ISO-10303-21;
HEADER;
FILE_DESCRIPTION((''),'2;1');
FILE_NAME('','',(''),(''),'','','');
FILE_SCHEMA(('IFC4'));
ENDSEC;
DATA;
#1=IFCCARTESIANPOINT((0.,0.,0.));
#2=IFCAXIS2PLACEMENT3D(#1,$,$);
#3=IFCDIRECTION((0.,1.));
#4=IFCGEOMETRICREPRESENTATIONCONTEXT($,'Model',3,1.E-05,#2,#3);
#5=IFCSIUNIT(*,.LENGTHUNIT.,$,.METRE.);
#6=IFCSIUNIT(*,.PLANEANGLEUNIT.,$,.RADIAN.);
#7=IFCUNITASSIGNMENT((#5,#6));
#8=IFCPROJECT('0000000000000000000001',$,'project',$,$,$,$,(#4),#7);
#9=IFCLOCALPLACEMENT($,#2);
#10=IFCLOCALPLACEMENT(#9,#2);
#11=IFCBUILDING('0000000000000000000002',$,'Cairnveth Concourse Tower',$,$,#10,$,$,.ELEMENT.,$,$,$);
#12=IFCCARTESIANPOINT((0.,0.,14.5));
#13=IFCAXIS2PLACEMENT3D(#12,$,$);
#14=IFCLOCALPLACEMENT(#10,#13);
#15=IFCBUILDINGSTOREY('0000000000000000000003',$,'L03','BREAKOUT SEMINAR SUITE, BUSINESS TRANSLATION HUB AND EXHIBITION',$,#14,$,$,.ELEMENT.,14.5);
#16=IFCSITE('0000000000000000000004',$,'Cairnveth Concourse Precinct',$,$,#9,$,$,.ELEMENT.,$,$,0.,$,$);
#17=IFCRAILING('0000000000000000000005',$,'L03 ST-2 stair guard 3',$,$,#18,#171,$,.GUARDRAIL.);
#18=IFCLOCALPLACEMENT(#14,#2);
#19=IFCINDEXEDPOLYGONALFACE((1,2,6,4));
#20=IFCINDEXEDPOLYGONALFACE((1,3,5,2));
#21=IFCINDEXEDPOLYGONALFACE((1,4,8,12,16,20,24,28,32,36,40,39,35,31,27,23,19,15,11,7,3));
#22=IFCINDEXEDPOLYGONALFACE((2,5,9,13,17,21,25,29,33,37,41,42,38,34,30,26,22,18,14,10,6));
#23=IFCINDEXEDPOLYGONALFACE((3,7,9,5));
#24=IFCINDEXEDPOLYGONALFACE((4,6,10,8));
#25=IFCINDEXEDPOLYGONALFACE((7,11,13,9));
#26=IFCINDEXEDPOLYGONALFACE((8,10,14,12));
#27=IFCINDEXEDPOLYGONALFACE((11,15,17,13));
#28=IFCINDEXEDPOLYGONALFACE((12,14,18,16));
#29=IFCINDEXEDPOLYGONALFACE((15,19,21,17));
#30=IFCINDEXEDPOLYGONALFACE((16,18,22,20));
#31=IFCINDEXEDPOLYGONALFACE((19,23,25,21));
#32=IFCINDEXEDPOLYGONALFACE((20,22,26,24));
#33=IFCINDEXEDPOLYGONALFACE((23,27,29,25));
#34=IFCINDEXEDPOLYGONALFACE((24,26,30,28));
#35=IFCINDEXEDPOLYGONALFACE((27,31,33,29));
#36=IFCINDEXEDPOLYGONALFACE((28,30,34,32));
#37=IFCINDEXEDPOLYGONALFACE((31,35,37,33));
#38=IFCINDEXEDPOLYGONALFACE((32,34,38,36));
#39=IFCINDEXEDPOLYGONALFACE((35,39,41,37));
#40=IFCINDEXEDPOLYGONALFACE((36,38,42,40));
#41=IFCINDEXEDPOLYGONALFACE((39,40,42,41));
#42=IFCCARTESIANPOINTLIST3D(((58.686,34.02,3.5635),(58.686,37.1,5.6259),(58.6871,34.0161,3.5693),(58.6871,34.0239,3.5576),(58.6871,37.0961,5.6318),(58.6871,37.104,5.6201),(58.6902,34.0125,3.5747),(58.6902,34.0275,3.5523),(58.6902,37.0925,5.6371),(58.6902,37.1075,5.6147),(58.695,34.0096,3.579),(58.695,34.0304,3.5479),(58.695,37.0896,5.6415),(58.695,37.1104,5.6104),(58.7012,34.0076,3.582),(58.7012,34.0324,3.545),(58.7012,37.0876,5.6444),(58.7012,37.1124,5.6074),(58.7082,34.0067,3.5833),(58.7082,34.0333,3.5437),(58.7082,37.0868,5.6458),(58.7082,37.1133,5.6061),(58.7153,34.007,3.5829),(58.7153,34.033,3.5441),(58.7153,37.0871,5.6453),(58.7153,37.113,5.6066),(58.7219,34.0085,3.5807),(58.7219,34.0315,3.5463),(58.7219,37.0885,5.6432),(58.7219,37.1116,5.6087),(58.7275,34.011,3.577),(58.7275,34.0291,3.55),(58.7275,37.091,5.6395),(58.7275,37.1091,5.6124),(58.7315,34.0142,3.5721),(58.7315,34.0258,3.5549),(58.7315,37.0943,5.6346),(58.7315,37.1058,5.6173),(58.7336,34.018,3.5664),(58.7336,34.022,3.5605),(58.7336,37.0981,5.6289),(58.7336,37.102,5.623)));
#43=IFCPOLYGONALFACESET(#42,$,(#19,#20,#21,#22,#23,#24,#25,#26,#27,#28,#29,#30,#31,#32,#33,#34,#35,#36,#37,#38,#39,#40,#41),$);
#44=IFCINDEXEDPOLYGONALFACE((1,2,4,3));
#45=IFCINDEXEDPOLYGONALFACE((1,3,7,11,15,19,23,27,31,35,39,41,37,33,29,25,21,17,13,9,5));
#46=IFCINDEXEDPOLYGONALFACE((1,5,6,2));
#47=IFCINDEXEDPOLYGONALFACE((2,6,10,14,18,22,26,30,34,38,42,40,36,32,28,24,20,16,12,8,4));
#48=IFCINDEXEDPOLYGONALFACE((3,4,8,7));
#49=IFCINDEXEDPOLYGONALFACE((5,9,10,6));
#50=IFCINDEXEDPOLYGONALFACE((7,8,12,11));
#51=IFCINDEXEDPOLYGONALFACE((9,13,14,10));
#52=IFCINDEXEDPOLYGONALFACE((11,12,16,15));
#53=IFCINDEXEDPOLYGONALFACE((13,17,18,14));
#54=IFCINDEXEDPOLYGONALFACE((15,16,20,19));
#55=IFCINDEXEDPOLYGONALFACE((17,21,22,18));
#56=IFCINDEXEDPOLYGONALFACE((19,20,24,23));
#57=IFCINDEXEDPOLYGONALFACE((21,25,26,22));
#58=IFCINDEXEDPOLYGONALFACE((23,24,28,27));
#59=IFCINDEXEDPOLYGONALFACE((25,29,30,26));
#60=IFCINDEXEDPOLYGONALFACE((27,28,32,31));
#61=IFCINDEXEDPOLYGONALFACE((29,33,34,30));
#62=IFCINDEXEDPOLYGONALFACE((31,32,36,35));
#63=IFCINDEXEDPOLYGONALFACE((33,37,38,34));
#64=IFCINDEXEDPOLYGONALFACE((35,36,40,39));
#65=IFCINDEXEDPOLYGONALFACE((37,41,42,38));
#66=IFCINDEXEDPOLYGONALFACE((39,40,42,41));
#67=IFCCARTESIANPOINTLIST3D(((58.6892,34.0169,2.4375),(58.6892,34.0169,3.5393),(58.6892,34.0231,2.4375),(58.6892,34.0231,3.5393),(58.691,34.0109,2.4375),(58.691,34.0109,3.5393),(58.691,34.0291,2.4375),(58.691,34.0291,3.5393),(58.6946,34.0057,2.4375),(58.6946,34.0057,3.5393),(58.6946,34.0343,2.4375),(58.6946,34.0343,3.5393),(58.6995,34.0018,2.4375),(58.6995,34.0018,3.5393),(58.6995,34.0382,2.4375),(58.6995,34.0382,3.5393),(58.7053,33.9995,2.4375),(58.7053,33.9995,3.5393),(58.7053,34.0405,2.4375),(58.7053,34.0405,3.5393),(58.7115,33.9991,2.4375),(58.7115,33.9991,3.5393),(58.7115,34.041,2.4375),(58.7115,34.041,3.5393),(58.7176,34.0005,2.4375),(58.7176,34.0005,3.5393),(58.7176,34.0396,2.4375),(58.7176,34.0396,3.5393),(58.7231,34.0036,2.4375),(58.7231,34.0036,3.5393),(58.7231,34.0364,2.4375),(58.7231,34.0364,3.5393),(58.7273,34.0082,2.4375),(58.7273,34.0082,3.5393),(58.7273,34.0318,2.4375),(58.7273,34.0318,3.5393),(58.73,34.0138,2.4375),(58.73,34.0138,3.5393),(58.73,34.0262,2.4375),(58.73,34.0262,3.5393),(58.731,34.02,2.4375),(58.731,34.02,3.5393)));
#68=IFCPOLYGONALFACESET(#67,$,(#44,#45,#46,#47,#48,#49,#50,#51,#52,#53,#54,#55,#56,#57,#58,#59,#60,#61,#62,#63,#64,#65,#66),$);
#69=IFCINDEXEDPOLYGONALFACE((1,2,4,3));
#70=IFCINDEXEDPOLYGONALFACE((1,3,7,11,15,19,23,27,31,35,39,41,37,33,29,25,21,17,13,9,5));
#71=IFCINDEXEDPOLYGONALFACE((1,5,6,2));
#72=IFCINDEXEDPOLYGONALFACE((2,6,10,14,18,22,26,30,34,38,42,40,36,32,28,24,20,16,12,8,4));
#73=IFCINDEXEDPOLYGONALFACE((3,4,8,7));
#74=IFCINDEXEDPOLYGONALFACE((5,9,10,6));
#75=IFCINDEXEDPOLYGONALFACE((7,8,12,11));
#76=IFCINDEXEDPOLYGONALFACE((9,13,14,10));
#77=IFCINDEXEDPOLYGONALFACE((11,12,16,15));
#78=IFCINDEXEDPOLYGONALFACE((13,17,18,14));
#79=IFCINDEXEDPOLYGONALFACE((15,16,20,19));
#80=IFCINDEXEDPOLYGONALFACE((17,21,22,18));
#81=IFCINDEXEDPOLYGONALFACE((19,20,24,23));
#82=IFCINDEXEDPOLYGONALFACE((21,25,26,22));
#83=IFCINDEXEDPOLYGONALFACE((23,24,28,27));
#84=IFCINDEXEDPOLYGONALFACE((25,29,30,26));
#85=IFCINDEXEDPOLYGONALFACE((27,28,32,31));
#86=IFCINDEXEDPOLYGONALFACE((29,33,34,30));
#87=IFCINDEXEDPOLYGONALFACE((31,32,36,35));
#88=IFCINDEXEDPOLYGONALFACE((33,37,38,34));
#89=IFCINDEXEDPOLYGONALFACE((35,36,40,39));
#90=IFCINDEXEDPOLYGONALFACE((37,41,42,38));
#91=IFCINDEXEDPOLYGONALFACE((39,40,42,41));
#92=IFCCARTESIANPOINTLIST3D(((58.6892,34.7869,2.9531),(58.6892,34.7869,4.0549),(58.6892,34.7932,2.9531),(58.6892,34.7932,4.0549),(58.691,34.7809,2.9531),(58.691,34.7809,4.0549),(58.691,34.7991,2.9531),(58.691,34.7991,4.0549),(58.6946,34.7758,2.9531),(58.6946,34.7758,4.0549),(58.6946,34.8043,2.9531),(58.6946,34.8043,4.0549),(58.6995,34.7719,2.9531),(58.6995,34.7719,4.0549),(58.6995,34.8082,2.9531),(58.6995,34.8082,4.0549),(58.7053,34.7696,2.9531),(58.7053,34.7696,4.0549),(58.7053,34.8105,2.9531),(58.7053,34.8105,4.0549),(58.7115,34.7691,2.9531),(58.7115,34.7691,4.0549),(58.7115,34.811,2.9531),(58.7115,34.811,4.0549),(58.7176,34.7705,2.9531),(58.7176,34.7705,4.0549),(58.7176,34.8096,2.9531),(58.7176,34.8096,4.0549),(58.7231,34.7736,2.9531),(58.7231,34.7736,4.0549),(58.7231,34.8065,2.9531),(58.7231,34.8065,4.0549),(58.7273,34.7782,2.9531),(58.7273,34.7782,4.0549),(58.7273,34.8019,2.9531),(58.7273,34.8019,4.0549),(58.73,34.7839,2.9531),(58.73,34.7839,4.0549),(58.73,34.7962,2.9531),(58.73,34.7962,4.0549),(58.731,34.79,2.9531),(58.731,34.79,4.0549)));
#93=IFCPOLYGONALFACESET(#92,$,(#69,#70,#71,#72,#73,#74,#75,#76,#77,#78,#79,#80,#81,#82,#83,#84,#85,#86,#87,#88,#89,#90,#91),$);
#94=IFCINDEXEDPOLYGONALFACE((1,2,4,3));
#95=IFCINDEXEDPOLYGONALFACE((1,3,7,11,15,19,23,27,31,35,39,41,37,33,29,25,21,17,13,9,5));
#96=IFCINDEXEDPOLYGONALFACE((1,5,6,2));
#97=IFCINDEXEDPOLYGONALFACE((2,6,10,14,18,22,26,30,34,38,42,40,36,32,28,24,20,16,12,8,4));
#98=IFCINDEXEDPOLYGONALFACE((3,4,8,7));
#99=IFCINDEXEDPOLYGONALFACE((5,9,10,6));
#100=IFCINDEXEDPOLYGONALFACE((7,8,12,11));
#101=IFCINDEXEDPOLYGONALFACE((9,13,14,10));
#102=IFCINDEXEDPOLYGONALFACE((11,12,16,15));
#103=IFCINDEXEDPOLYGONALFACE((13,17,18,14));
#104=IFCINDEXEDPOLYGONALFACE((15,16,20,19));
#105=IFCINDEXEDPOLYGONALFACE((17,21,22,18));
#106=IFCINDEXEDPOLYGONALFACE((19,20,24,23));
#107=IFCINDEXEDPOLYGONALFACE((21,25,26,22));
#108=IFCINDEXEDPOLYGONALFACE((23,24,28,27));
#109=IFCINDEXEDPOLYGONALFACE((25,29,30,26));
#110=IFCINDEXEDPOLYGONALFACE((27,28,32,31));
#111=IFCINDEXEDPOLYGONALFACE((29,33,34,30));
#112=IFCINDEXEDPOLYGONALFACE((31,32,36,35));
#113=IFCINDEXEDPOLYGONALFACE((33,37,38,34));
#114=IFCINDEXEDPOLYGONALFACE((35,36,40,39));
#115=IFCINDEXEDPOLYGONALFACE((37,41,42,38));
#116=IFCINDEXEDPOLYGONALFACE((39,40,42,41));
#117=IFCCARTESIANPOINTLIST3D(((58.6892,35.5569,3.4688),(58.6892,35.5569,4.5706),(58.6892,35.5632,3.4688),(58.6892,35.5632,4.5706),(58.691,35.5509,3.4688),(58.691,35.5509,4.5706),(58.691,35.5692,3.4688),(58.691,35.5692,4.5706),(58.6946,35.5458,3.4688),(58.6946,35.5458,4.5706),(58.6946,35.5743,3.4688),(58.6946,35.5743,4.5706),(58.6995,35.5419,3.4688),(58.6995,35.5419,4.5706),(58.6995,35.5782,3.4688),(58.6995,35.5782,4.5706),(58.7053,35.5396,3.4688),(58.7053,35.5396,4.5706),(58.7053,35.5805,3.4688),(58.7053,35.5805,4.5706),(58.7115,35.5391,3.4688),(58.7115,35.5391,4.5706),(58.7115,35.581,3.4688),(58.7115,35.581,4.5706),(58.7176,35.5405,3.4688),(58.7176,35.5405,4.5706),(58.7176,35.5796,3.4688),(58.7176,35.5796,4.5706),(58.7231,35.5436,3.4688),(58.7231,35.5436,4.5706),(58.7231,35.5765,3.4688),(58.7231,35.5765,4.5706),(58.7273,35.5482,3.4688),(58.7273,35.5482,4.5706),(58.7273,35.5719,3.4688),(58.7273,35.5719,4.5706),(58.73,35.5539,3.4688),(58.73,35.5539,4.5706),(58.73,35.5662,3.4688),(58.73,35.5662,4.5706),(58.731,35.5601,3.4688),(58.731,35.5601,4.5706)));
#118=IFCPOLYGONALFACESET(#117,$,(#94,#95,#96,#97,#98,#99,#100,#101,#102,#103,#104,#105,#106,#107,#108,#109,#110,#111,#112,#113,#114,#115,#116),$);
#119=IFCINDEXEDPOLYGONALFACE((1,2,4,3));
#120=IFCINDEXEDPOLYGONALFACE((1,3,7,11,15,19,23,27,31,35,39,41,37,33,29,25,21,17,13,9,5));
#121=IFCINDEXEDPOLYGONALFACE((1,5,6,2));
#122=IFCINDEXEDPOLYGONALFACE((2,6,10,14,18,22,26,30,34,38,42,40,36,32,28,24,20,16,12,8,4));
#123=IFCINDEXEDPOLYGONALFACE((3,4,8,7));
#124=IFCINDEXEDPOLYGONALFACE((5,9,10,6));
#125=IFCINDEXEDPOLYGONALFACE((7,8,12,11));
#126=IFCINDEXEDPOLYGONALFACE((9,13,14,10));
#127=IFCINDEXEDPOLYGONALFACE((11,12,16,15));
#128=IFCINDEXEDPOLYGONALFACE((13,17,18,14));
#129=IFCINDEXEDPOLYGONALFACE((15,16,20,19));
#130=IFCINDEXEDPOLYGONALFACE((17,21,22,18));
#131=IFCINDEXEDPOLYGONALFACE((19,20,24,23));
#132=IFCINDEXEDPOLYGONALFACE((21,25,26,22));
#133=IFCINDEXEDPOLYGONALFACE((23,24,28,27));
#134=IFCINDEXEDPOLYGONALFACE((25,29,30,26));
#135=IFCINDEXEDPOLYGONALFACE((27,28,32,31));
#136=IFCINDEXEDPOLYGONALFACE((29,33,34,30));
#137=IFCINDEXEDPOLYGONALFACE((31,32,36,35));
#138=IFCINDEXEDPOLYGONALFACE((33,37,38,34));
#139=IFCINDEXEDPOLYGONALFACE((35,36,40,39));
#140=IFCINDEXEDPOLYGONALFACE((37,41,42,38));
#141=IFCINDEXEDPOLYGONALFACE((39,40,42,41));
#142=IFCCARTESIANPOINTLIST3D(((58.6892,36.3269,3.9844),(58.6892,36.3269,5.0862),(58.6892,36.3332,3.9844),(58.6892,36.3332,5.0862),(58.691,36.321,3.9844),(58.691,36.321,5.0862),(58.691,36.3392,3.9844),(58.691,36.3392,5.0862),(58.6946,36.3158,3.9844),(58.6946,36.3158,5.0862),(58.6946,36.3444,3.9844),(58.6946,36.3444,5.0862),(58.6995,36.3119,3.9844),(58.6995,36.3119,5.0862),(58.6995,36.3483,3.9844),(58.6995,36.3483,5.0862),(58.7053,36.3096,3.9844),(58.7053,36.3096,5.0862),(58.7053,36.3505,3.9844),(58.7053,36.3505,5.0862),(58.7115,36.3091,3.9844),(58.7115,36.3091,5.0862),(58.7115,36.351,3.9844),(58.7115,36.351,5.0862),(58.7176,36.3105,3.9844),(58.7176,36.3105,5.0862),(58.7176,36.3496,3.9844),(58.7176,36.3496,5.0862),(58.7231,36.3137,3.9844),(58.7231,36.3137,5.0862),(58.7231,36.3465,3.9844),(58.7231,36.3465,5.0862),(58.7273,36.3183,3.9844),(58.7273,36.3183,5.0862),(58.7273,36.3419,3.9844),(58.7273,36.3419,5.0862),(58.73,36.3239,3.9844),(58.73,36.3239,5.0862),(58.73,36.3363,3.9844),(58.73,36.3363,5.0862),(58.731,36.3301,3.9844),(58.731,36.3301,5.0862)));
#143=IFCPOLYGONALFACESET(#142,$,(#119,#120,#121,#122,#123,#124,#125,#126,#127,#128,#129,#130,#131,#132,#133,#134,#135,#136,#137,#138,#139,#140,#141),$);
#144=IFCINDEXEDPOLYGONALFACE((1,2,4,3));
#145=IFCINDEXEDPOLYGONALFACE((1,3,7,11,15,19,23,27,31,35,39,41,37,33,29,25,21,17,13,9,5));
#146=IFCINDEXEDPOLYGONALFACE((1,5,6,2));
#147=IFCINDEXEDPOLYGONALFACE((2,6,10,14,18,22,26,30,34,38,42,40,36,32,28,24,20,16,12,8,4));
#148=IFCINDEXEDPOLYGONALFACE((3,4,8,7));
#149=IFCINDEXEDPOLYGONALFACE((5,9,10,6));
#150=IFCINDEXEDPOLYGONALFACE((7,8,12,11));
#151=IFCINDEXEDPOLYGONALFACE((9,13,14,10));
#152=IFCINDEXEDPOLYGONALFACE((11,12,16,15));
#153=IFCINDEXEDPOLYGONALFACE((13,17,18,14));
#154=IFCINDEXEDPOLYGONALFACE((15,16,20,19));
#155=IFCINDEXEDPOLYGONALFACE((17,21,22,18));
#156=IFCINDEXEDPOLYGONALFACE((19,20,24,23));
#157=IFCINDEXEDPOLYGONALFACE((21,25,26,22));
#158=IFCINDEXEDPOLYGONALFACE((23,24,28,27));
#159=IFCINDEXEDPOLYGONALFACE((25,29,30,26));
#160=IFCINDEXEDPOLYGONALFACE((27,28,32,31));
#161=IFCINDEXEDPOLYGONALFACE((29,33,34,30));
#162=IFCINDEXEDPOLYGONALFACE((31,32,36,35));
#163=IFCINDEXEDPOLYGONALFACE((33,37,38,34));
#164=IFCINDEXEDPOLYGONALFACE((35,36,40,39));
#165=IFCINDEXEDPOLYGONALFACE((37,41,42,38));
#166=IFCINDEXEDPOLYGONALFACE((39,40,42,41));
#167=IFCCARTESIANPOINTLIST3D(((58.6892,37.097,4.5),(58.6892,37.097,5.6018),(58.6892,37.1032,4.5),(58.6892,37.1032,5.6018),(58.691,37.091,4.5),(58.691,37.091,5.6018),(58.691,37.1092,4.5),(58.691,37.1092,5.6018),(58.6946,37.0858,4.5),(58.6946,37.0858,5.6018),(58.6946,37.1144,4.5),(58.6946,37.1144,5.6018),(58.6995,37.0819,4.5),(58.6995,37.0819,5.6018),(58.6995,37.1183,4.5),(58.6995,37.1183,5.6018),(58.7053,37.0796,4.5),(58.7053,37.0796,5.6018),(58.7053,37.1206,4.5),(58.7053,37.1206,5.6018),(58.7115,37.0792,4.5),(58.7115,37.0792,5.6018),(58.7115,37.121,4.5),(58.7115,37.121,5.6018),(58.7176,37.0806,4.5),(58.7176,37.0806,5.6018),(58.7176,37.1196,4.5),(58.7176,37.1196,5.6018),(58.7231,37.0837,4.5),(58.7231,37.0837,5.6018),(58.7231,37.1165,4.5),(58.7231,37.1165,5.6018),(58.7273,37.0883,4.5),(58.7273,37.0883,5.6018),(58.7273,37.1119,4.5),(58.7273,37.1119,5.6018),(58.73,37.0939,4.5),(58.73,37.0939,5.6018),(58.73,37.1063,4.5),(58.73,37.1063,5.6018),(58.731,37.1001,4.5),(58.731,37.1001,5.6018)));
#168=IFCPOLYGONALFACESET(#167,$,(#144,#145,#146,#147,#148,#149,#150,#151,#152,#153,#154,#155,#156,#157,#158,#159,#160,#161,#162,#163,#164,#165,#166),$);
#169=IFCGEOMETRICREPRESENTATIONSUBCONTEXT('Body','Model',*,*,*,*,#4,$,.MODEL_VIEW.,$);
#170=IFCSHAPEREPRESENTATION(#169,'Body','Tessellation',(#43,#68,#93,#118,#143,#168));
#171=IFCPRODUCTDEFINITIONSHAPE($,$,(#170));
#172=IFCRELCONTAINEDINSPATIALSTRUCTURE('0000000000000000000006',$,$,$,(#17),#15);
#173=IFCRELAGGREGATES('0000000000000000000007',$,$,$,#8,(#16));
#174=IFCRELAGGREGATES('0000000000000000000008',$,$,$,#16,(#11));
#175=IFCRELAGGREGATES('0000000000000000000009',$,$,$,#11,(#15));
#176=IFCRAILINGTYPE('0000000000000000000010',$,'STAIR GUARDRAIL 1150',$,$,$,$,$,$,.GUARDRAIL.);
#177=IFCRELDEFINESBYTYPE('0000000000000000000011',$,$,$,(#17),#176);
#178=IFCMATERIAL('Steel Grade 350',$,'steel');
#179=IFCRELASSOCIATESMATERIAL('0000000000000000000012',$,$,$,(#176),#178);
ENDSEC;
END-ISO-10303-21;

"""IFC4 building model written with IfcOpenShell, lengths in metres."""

from ifc_helpers import new_model, si_unit, direction, frame, origin, origin_2d, place, context, subcontext, project, spatial, circle, extrude, material, type_object, element, save


model = new_model("IFC4")

# Units and contexts
model_context = context("Model", 3, precision=1e-05, world=origin(), true_north=direction((0.0, 1.0)))
body_context = subcontext(model_context, "Body", "Model", "MODEL_VIEW")
ifc_project = project(units=[si_unit("LENGTHUNIT", "METRE"), si_unit("PLANEANGLEUNIT", "RADIAN")], contexts=[model_context])

# Site, building, storey
site_placement = place(None, origin())
site = spatial("IfcSite", under=ifc_project, at=site_placement, Name="Cairnveth Concourse Precinct", CompositionType="ELEMENT", RefElevation=0.0)
building_placement = place(site_placement, origin())
building = spatial("IfcBuilding", under=site, at=building_placement, Name="Cairnveth Concourse Tower", CompositionType="ELEMENT")
storey_placement = place(building_placement, frame((0.0, 0.0, 14.5)))
storey = spatial("IfcBuildingStorey", under=building, at=storey_placement, Name="L03", Description="BREAKOUT SEMINAR SUITE, BUSINESS TRANSLATION HUB AND EXHIBITION", CompositionType="ELEMENT", Elevation=14.5)

# Shared definitions
ifc_material_1 = material(Name="Steel Grade 350", Category="steel")

# Railing
railing_type_1 = type_object("IfcRailingType", Name="STAIR GUARDRAIL 1150", PredefinedType="GUARDRAIL", material=ifc_material_1)
railing_1_placement = place(storey_placement, frame((58.71, 34.02, 2.4375)))
element("IfcRailing", 1, at=railing_1_placement, inside=storey, type_object=railing_type_1, Name="L03 ST-2 stair guard 3", PredefinedType="GUARDRAIL", context=body_context, shape_type="SweptSolid", body=[
    extrude(circle(Radius=0.0239, at=origin_2d()), frame((0.0, 0.0, 1.126), z_axis=(0.0, 0.830914, 0.556401), x_axis=(-1.0, 0.0, 0.0)), (0.0, 0.0, 1.0), 3.7068),
    extrude(circle(Radius=0.021, at=origin_2d()), origin(), (0.0, 0.0, 1.0), 1.1018),
    extrude(circle(Radius=0.021, at=origin_2d()), frame((0.0, 0.77, 0.5156)), (0.0, 0.0, 1.0), 1.1018),
    extrude(circle(Radius=0.021, at=origin_2d()), frame((0.0, 1.54, 1.0312)), (0.0, 0.0, 1.0), 1.1018),
    extrude(circle(Radius=0.021, at=origin_2d()), frame((0.0, 2.3101, 1.5469)), (0.0, 0.0, 1.0), 1.1018),
    extrude(circle(Radius=0.021, at=origin_2d()), frame((0.0, 3.0801, 2.0625)), (0.0, 0.0, 1.0), 1.1018),
])

save(model, "model.ifc")
